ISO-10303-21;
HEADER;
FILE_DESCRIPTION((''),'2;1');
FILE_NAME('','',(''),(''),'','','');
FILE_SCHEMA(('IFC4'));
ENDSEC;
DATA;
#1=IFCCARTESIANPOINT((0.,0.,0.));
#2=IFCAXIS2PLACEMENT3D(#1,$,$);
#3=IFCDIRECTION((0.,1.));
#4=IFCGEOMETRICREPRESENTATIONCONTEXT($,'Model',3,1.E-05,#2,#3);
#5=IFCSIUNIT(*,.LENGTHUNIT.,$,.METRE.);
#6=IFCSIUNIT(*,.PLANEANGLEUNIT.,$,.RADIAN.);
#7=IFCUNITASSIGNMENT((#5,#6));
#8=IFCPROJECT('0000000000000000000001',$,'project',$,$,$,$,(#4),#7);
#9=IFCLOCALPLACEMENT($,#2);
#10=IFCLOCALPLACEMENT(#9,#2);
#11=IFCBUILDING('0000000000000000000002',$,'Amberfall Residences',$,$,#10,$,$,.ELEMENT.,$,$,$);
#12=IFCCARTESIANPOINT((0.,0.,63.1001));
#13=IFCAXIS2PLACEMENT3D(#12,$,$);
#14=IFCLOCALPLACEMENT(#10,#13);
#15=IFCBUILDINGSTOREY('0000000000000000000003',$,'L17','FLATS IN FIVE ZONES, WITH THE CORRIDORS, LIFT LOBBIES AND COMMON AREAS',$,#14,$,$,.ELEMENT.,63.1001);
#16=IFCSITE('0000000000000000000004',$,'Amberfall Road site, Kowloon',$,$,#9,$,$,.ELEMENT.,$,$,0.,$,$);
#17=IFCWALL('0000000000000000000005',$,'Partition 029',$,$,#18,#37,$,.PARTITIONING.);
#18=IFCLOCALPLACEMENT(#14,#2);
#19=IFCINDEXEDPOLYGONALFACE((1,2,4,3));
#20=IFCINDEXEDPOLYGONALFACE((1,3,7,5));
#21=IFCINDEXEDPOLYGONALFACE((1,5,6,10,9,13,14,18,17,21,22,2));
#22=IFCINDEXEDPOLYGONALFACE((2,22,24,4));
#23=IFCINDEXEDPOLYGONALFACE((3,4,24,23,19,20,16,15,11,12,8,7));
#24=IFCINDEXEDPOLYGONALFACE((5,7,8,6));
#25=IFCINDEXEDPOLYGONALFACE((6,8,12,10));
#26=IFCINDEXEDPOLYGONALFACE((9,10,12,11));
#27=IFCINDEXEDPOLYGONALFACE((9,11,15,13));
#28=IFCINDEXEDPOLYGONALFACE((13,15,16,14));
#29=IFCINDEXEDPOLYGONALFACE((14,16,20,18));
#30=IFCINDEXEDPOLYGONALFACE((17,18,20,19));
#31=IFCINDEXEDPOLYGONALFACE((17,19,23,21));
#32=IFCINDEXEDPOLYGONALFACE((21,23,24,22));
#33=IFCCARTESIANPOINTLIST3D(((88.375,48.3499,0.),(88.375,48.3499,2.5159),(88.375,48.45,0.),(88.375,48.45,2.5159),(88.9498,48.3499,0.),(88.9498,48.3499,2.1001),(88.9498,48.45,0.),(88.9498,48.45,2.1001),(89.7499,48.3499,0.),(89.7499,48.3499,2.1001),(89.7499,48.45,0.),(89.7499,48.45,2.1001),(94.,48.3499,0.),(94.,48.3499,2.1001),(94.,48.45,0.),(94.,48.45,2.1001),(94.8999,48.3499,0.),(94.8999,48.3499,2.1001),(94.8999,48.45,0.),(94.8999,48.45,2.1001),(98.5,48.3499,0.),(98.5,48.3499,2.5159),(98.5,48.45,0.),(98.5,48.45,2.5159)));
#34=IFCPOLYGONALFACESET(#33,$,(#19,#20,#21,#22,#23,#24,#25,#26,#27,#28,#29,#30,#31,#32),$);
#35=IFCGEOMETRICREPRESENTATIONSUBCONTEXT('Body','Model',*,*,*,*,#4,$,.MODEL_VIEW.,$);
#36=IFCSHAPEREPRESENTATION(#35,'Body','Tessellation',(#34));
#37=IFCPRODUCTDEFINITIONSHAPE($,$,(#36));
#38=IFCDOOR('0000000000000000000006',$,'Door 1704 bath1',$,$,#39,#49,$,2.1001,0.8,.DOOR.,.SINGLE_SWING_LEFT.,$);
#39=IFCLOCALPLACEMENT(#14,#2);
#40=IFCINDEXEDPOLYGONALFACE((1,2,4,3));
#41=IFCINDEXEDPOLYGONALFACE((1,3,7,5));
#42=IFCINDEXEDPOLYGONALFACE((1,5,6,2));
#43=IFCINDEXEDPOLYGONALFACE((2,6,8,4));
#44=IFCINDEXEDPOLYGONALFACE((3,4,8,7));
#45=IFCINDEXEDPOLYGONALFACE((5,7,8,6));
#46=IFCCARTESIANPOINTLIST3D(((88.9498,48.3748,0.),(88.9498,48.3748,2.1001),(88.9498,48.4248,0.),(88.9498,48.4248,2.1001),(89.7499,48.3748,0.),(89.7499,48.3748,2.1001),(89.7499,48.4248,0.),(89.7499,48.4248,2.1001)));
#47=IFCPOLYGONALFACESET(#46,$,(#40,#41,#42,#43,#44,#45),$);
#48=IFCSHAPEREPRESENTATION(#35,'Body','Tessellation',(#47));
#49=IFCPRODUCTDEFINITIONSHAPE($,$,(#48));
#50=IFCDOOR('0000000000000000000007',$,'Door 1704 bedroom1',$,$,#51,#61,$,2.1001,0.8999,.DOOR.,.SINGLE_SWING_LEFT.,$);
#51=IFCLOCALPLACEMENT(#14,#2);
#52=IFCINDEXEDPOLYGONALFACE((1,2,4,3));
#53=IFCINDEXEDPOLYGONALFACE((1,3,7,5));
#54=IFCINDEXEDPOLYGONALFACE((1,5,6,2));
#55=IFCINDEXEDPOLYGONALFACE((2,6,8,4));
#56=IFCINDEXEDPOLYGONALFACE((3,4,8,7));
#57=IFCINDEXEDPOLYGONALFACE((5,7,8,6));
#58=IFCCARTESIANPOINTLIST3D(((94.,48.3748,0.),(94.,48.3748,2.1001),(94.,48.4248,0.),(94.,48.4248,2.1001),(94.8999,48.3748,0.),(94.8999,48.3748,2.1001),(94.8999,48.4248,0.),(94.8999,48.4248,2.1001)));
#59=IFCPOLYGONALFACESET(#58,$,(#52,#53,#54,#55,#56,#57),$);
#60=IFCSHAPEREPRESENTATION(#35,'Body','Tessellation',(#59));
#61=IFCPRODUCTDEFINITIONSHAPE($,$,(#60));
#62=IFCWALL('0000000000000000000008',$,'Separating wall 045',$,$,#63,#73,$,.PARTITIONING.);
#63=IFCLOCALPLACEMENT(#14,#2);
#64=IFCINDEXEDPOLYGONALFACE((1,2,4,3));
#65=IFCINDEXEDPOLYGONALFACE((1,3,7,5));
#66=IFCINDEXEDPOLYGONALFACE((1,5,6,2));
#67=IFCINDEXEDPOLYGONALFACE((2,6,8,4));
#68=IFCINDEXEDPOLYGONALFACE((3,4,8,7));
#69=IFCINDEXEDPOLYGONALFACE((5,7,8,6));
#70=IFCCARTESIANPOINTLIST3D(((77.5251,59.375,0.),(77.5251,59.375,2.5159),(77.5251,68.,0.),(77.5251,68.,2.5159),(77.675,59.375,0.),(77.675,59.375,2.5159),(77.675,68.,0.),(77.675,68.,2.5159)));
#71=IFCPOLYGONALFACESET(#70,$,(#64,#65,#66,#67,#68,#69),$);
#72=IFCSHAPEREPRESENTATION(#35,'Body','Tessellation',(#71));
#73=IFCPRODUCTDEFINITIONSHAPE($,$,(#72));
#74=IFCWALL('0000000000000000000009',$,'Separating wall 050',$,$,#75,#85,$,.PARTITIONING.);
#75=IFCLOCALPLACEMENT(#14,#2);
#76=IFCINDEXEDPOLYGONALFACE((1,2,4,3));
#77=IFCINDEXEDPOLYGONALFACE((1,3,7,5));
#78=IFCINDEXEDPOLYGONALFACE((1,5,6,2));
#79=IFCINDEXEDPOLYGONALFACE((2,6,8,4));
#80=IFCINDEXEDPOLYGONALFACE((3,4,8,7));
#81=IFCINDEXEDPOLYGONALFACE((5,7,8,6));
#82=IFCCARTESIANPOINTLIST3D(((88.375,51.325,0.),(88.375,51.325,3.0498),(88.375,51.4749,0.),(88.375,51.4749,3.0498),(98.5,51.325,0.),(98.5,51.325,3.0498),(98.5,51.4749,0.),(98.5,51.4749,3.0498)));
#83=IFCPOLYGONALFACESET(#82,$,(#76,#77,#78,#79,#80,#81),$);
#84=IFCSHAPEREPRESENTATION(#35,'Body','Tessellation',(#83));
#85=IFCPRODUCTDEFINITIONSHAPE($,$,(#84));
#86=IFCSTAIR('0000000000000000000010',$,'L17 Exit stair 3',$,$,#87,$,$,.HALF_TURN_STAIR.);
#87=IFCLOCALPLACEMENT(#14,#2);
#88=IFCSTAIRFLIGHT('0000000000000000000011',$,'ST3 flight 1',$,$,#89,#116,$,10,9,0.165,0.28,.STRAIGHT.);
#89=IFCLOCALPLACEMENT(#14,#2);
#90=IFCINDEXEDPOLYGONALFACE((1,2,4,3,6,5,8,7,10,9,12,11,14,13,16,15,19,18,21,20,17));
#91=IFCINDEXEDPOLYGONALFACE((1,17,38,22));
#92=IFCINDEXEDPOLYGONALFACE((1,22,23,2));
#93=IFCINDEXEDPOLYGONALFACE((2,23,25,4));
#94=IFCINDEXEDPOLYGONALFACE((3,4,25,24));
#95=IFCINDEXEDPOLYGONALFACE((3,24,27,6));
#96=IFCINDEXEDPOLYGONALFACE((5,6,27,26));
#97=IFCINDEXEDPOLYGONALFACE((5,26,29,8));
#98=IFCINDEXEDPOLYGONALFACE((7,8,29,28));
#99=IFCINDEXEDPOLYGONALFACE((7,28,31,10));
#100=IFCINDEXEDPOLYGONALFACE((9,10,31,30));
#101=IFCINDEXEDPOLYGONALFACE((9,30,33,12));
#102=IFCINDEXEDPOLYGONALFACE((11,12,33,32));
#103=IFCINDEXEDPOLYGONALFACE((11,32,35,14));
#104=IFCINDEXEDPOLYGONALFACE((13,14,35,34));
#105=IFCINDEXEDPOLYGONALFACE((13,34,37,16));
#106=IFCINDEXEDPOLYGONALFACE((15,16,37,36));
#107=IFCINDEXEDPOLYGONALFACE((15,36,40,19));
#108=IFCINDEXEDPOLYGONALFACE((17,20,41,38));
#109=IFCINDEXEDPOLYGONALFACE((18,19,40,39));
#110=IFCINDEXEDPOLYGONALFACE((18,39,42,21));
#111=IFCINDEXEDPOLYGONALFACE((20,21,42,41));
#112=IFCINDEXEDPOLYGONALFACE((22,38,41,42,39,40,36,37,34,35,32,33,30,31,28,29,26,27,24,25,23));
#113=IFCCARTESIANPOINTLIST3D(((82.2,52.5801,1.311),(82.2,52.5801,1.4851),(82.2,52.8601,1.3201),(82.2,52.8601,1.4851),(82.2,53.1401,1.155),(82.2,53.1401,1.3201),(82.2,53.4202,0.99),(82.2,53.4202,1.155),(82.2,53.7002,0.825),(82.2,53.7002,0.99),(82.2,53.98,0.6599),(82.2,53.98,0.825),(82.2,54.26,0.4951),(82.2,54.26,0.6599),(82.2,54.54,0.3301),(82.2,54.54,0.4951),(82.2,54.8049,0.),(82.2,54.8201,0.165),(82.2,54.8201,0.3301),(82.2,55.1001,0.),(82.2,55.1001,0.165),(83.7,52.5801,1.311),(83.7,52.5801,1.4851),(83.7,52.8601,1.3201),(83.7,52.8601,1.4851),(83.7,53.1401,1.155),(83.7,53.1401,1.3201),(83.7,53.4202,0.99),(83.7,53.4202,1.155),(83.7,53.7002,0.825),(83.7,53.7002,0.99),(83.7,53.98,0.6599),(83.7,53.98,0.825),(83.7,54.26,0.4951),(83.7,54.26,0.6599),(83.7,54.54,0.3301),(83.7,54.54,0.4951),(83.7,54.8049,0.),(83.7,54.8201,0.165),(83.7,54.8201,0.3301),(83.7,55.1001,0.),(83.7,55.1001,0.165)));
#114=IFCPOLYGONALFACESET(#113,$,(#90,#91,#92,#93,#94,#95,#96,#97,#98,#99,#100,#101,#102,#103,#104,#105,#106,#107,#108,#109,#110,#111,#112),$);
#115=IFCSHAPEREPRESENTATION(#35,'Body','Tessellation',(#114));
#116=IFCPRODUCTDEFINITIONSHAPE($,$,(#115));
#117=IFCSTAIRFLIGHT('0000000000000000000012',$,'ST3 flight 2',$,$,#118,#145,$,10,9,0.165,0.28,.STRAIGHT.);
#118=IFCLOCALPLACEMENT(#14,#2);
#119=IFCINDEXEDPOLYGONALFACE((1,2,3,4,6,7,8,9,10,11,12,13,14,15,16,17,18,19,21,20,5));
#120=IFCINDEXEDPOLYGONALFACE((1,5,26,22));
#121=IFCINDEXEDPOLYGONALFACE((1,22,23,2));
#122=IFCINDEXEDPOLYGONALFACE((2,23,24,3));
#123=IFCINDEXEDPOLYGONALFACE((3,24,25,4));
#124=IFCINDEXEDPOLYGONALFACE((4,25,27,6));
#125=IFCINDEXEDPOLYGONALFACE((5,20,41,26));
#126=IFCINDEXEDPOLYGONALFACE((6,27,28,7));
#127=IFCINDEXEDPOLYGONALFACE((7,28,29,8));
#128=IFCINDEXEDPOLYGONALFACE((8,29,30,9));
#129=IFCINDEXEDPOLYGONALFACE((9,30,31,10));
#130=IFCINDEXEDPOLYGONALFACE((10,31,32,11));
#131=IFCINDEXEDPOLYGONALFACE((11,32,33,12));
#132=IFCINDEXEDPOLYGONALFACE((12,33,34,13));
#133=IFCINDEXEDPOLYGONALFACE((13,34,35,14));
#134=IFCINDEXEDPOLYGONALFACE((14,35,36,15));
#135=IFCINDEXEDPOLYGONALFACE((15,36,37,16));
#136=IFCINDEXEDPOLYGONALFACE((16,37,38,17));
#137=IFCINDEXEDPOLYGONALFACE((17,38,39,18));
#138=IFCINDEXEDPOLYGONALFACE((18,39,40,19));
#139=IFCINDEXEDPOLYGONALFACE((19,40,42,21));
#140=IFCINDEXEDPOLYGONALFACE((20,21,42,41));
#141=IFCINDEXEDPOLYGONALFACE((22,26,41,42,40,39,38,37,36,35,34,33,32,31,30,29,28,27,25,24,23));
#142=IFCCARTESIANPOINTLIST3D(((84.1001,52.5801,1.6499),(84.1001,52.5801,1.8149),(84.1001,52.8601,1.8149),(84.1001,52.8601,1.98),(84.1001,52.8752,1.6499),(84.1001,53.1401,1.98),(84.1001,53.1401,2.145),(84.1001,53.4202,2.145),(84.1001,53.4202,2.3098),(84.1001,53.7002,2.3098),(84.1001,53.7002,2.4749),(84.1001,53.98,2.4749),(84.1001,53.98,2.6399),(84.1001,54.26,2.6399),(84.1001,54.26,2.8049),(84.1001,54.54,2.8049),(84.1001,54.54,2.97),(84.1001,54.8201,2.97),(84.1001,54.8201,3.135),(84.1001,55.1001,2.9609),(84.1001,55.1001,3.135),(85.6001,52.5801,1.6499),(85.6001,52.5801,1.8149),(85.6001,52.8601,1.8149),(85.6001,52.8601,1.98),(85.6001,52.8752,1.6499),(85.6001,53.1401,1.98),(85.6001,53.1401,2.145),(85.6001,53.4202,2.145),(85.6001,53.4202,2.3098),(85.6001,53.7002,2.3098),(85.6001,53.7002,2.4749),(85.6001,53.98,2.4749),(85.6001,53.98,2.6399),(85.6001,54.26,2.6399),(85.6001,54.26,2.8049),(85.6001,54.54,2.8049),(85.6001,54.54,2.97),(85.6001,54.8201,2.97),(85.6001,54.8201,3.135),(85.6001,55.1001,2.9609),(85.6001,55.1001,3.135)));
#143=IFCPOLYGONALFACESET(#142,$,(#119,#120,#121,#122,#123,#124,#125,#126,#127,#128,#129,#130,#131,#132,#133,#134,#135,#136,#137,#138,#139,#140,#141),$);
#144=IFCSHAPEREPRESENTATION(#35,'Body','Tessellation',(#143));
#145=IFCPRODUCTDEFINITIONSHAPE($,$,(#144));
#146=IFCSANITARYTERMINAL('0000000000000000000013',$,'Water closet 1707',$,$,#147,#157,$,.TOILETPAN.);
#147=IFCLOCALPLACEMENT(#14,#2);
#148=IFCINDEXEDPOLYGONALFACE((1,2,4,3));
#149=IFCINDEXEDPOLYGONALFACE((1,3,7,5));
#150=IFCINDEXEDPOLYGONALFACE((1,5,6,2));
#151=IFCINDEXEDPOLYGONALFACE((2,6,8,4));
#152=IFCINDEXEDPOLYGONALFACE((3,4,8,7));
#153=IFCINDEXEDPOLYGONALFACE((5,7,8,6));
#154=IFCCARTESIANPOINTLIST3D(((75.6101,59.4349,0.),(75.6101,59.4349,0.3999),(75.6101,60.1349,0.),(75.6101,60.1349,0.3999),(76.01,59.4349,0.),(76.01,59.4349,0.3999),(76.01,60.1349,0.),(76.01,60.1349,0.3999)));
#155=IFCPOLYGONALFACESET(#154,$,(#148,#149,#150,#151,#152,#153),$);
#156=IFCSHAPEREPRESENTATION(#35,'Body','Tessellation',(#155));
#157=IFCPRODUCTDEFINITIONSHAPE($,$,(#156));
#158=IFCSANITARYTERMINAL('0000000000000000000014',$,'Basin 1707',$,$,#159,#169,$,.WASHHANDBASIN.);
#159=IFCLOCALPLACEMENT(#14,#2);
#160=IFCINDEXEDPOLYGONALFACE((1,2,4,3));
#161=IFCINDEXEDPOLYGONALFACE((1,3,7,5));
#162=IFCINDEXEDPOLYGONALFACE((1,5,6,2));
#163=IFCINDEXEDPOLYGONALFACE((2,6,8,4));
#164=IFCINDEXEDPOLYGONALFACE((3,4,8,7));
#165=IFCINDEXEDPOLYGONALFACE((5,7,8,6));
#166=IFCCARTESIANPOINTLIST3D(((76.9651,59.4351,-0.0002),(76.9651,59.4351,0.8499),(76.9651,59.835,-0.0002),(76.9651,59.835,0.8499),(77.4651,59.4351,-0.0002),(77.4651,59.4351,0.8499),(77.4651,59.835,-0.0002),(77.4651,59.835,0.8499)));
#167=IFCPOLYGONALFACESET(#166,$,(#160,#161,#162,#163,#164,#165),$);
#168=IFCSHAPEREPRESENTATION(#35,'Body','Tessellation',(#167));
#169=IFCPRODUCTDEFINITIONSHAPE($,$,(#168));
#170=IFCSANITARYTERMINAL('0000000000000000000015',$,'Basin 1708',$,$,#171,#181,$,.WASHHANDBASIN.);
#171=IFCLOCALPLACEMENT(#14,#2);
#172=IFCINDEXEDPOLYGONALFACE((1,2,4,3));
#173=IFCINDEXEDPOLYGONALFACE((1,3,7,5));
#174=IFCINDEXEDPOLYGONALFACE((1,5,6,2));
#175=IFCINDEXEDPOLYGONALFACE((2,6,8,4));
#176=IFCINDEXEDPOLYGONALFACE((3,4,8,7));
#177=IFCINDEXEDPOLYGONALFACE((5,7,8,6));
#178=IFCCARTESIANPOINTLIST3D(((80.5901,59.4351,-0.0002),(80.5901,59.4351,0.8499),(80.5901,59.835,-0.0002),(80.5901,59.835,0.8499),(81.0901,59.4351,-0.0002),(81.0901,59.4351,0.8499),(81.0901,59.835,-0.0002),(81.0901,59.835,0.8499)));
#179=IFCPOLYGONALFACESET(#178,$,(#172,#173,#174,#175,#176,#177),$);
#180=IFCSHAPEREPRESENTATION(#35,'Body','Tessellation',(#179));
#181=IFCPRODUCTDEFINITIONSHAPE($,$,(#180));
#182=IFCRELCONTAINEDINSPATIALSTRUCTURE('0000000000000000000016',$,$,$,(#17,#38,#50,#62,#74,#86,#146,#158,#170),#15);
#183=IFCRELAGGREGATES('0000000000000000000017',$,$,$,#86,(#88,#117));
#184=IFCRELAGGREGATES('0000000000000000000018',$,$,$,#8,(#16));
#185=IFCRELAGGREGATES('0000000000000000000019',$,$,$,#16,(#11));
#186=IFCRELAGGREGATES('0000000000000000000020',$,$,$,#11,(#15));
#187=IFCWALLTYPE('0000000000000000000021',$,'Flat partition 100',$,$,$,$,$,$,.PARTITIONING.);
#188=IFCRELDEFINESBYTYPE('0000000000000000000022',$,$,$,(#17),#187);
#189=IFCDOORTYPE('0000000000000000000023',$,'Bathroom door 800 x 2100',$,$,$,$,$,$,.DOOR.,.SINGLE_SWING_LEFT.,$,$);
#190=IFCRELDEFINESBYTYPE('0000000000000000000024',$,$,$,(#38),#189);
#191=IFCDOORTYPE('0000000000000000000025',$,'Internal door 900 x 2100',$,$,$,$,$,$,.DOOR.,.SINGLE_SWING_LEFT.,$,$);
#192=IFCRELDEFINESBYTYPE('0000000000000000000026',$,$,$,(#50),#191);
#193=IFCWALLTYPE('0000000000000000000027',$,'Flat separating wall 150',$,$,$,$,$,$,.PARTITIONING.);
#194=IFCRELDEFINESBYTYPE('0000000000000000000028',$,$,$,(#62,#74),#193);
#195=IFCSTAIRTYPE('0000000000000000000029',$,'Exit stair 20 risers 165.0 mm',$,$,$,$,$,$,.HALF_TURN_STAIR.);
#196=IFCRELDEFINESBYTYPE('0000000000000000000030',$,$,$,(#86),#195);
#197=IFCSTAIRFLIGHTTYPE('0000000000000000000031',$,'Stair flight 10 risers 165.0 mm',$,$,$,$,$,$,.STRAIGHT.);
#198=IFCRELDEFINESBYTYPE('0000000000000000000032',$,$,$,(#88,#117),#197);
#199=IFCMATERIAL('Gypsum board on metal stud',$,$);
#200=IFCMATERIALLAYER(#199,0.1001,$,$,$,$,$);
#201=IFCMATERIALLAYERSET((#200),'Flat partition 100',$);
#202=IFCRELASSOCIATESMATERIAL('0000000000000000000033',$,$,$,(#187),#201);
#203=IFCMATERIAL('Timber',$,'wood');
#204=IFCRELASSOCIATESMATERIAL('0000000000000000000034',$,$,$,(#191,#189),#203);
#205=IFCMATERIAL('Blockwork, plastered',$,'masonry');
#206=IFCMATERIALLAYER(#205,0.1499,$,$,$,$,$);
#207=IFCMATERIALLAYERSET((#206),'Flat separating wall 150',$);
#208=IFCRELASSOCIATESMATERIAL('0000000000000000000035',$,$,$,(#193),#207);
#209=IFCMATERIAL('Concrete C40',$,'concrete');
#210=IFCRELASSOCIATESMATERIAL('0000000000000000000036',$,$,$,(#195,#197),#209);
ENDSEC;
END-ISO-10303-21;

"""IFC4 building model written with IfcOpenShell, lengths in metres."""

from ifc_helpers import new_model, si_unit, direction, frame, frame_2d, origin, origin_2d, place, context, subcontext, project, spatial, polyline, rectangle, outline, extrude, material, layer, layer_set, type_object, element, fill, aggregate, save


model = new_model("IFC4")

# Units and contexts
model_context = context("Model", 3, precision=1e-05, world=origin(), true_north=direction((0.0, 1.0)))
body_context = subcontext(model_context, "Body", "Model", "MODEL_VIEW")
ifc_project = project(units=[si_unit("LENGTHUNIT", "METRE"), si_unit("PLANEANGLEUNIT", "RADIAN")], contexts=[model_context])

# Site, building, storey
site_placement = place(None, origin())
site = spatial("IfcSite", under=ifc_project, at=site_placement, Name="Amberfall Road site, Kowloon", CompositionType="ELEMENT", RefElevation=0.0)
building_placement = place(site_placement, origin())
building = spatial("IfcBuilding", under=site, at=building_placement, Name="Amberfall Residences", CompositionType="ELEMENT")
storey_placement = place(building_placement, frame((0.0, 0.0, 63.1001)))
storey = spatial("IfcBuildingStorey", under=building, at=storey_placement, Name="L17", Description="FLATS IN FIVE ZONES, WITH THE CORRIDORS, LIFT LOBBIES AND COMMON AREAS", CompositionType="ELEMENT", Elevation=63.1001)

# Shared definitions
ifc_material_1 = material(Name="Gypsum board on metal stud")
ifc_layer_1 = layer(ifc_material_1, 0.1001)
ifc_layer_set_1 = layer_set([ifc_layer_1], Name="Flat partition 100")
wall_type_1 = type_object("IfcWallType", Name="Flat partition 100", PredefinedType="PARTITIONING", material=ifc_layer_set_1)
ifc_material_2 = material(Name="Timber", Category="wood")
door_type_1 = type_object("IfcDoorType", Name="Internal door 900 x 2100", OperationType="SINGLE_SWING_LEFT", PredefinedType="DOOR", material=ifc_material_2)

# Wall, openings, doors
wall_1_placement = place(storey_placement, frame((88.375, 48.3999, 0.0), z_axis=(0.0, 0.0, 1.0), x_axis=(1.0, 0.0, 0.0)))
wall_1 = element("IfcWall", 1, at=wall_1_placement, inside=storey, type_object=wall_type_1, Name="Partition 029", PredefinedType="PARTITIONING", context=body_context, shape_type="SweptSolid", body=[
    extrude(rectangle(XDim=10.125, YDim=0.1001, at=frame_2d((5.0625, 0.0))), origin(), (0.0, 0.0, 1.0), 2.5159),
])
opening_1_placement = place(wall_1_placement, frame((5.625, 0.0, 0.0)))
opening_1 = element("IfcOpeningElement", 2, at=opening_1_placement, cuts=wall_1, PredefinedType="OPENING", context=body_context, shape_type="SweptSolid", body=[
    extrude(rectangle(XDim=0.8999, YDim=2.1001, at=frame_2d((0.45, 1.05))), frame((0.0, 0.0601, 0.0), z_axis=(0.0, -1.0, 0.0), x_axis=(1.0, 0.0, 0.0)), (0.0, 0.0, 1.0), 0.1201),
])
opening_2_placement = place(wall_1_placement, frame((0.575, 0.0, 0.0)))
opening_2 = element("IfcOpeningElement", 3, at=opening_2_placement, cuts=wall_1, PredefinedType="OPENING", context=body_context, shape_type="SweptSolid", body=[
    extrude(rectangle(XDim=0.8, YDim=2.1001, at=frame_2d((0.3999, 1.05))), frame((0.0, 0.0601, 0.0), z_axis=(0.0, -1.0, 0.0), x_axis=(1.0, 0.0, 0.0)), (0.0, 0.0, 1.0), 0.1201),
])
door_type_2 = type_object("IfcDoorType", Name="Bathroom door 800 x 2100", OperationType="SINGLE_SWING_LEFT", PredefinedType="DOOR", material=ifc_material_2)
door_1_placement = place(opening_2_placement, origin())
door_1 = element("IfcDoor", 4, at=door_1_placement, inside=storey, type_object=door_type_2, Name="Door 1704 bath1", OperationType="SINGLE_SWING_LEFT", OverallHeight=2.1001, OverallWidth=0.8, PredefinedType="DOOR", context=body_context, shape_type="SweptSolid", body=[
    extrude(rectangle(XDim=0.8, YDim=2.1001, at=frame_2d((0.3999, 1.05))), frame((0.0, 0.0249, 0.0), z_axis=(0.0, -1.0, 0.0), x_axis=(1.0, 0.0, 0.0)), (0.0, 0.0, 1.0), 0.05),
])
fill(opening_2, door_1)
door_2_placement = place(opening_1_placement, origin())
door_2 = element("IfcDoor", 5, at=door_2_placement, inside=storey, type_object=door_type_1, Name="Door 1704 bedroom1", OperationType="SINGLE_SWING_LEFT", OverallHeight=2.1001, OverallWidth=0.8999, PredefinedType="DOOR", context=body_context, shape_type="SweptSolid", body=[
    extrude(rectangle(XDim=0.8999, YDim=2.1001, at=frame_2d((0.45, 1.05))), frame((0.0, 0.0249, 0.0), z_axis=(0.0, -1.0, 0.0), x_axis=(1.0, 0.0, 0.0)), (0.0, 0.0, 1.0), 0.05),
])
fill(opening_1, door_2)

# Walls
ifc_material_3 = material(Name="Blockwork, plastered", Category="masonry")
ifc_layer_2 = layer(ifc_material_3, 0.1499)
ifc_layer_set_2 = layer_set([ifc_layer_2], Name="Flat separating wall 150")
wall_type_2 = type_object("IfcWallType", Name="Flat separating wall 150", PredefinedType="PARTITIONING", material=ifc_layer_set_2)
wall_2_placement = place(storey_placement, frame((77.6001, 59.375, 0.0), z_axis=(0.0, 0.0, 1.0), x_axis=(0.0, 1.0, 0.0)))
element("IfcWall", 6, at=wall_2_placement, inside=storey, type_object=wall_type_2, Name="Separating wall 045", PredefinedType="PARTITIONING", context=body_context, shape_type="SweptSolid", body=[
    extrude(rectangle(XDim=8.625, YDim=0.1499, at=frame_2d((4.3125, 0.0))), origin(), (0.0, 0.0, 1.0), 2.5159),
])
wall_3_placement = place(storey_placement, frame((88.375, 51.3999, 0.0), z_axis=(0.0, 0.0, 1.0), x_axis=(1.0, 0.0, 0.0)))
element("IfcWall", 7, at=wall_3_placement, inside=storey, type_object=wall_type_2, Name="Separating wall 050", PredefinedType="PARTITIONING", context=body_context, shape_type="SweptSolid", body=[
    extrude(rectangle(XDim=10.125, YDim=0.1499, at=frame_2d((5.0625, 0.0))), origin(), (0.0, 0.0, 1.0), 3.0498),
])

# Stair, stair flights
ifc_material_4 = material(Name="Concrete C40", Category="concrete")
stair_type = type_object("IfcStairType", Name="Exit stair 20 risers 165.0 mm", PredefinedType="HALF_TURN_STAIR", material=ifc_material_4)
stair_placement = place(storey_placement, origin())
stair = element("IfcStair", 8, at=stair_placement, inside=storey, type_object=stair_type, Name="L17 Exit stair 3", PredefinedType="HALF_TURN_STAIR")
stair_flight_type = type_object("IfcStairFlightType", Name="Stair flight 10 risers 165.0 mm", PredefinedType="STRAIGHT", material=ifc_material_4)
stair_flight_1_placement = place(storey_placement, frame((82.95, 55.1001, 0.0), z_axis=(0.0, 0.0, 1.0), x_axis=(0.0, -1.0, 0.0)))
stair_flight_1 = element("IfcStairFlight", 9, at=stair_flight_1_placement, type_object=stair_flight_type, Name="ST3 flight 1", NumberOfRisers=10, NumberOfTreads=9, PredefinedType="STRAIGHT", RiserHeight=0.165, TreadLength=0.28, context=body_context, shape_type="SweptSolid", body=[
    extrude(outline(polyline([(0.0, 0.0), (0.0, 0.165), (0.28, 0.165), (0.28, 0.3301), (0.5601, 0.3301), (0.5601, 0.4951), (0.8401, 0.4951), (0.8401, 0.6599), (1.1201, 0.6599), (1.1201, 0.825), (1.3999, 0.825), (1.3999, 0.99), (1.6799, 0.99), (1.6799, 1.155), (1.96, 1.155), (1.96, 1.3201), (2.24, 1.3201), (2.24, 1.4851), (2.52, 1.4851), (2.52, 1.6499), (2.52, 1.311), (0.2952, 0.0), (0.0, 0.0)])), frame((0.0, 0.75, 0.0), z_axis=(0.0, -1.0, 0.0), x_axis=(1.0, 0.0, 0.0)), (0.0, 0.0, 1.0), 1.5),
])
stair_flight_2_placement = place(storey_placement, frame((84.8501, 52.5801, 1.6499), z_axis=(0.0, 0.0, 1.0), x_axis=(0.0, 1.0, 0.0)))
stair_flight_2 = element("IfcStairFlight", 10, at=stair_flight_2_placement, type_object=stair_flight_type, Name="ST3 flight 2", NumberOfRisers=10, NumberOfTreads=9, PredefinedType="STRAIGHT", RiserHeight=0.165, TreadLength=0.28, context=body_context, shape_type="SweptSolid", body=[
    extrude(outline(polyline([(0.0, 0.0), (0.0, 0.165), (0.28, 0.165), (0.28, 0.3301), (0.5601, 0.3301), (0.5601, 0.4951), (0.8401, 0.4951), (0.8401, 0.6599), (1.1201, 0.6599), (1.1201, 0.825), (1.3999, 0.825), (1.3999, 0.99), (1.6799, 0.99), (1.6799, 1.155), (1.96, 1.155), (1.96, 1.3201), (2.24, 1.3201), (2.24, 1.4851), (2.52, 1.4851), (2.52, 1.6499), (2.52, 1.311), (0.2952, 0.0), (0.0, 0.0)])), frame((0.0, 0.75, 0.0), z_axis=(0.0, -1.0, 0.0), x_axis=(1.0, 0.0, 0.0)), (0.0, 0.0, 1.0), 1.5),
])
aggregate(stair, [stair_flight_1, stair_flight_2])

# Sanitary terminals
sanitary_terminal_placement = place(storey_placement, frame((75.8101, 59.7849, 0.0), z_axis=(0.0, 0.0, 1.0), x_axis=(1.0, 0.0, 0.0)))
element("IfcSanitaryTerminal", 11, at=sanitary_terminal_placement, inside=storey, Name="Water closet 1707", PredefinedType="TOILETPAN", context=body_context, shape_type="SweptSolid", body=[
    extrude(rectangle(XDim=0.3999, YDim=0.7, at=origin_2d()), origin(), (0.0, 0.0, 1.0), 0.3999),
])
for number, where, z_axis, x_axis, name in (
    (12, (77.2151, 59.635, -0.0002), (0.0, 0.0, 1.0), (1.0, 0.0, 0.0), "Basin 1707"),
    (13, (80.8401, 59.635, -0.0002), (0.0, 0.0, 1.0), (1.0, 0.0, 0.0), "Basin 1708"),
):
    element("IfcSanitaryTerminal", number, at=place(storey_placement, frame(where, z_axis=z_axis, x_axis=x_axis)), inside=storey, Name=name, PredefinedType="WASHHANDBASIN", context=body_context, shape_type="SweptSolid", body=[
        extrude(rectangle(XDim=0.5, YDim=0.3999, at=origin_2d()), origin(), (0.0, 0.0, 1.0), 0.8501),
    ])

save(model, "model.ifc")
